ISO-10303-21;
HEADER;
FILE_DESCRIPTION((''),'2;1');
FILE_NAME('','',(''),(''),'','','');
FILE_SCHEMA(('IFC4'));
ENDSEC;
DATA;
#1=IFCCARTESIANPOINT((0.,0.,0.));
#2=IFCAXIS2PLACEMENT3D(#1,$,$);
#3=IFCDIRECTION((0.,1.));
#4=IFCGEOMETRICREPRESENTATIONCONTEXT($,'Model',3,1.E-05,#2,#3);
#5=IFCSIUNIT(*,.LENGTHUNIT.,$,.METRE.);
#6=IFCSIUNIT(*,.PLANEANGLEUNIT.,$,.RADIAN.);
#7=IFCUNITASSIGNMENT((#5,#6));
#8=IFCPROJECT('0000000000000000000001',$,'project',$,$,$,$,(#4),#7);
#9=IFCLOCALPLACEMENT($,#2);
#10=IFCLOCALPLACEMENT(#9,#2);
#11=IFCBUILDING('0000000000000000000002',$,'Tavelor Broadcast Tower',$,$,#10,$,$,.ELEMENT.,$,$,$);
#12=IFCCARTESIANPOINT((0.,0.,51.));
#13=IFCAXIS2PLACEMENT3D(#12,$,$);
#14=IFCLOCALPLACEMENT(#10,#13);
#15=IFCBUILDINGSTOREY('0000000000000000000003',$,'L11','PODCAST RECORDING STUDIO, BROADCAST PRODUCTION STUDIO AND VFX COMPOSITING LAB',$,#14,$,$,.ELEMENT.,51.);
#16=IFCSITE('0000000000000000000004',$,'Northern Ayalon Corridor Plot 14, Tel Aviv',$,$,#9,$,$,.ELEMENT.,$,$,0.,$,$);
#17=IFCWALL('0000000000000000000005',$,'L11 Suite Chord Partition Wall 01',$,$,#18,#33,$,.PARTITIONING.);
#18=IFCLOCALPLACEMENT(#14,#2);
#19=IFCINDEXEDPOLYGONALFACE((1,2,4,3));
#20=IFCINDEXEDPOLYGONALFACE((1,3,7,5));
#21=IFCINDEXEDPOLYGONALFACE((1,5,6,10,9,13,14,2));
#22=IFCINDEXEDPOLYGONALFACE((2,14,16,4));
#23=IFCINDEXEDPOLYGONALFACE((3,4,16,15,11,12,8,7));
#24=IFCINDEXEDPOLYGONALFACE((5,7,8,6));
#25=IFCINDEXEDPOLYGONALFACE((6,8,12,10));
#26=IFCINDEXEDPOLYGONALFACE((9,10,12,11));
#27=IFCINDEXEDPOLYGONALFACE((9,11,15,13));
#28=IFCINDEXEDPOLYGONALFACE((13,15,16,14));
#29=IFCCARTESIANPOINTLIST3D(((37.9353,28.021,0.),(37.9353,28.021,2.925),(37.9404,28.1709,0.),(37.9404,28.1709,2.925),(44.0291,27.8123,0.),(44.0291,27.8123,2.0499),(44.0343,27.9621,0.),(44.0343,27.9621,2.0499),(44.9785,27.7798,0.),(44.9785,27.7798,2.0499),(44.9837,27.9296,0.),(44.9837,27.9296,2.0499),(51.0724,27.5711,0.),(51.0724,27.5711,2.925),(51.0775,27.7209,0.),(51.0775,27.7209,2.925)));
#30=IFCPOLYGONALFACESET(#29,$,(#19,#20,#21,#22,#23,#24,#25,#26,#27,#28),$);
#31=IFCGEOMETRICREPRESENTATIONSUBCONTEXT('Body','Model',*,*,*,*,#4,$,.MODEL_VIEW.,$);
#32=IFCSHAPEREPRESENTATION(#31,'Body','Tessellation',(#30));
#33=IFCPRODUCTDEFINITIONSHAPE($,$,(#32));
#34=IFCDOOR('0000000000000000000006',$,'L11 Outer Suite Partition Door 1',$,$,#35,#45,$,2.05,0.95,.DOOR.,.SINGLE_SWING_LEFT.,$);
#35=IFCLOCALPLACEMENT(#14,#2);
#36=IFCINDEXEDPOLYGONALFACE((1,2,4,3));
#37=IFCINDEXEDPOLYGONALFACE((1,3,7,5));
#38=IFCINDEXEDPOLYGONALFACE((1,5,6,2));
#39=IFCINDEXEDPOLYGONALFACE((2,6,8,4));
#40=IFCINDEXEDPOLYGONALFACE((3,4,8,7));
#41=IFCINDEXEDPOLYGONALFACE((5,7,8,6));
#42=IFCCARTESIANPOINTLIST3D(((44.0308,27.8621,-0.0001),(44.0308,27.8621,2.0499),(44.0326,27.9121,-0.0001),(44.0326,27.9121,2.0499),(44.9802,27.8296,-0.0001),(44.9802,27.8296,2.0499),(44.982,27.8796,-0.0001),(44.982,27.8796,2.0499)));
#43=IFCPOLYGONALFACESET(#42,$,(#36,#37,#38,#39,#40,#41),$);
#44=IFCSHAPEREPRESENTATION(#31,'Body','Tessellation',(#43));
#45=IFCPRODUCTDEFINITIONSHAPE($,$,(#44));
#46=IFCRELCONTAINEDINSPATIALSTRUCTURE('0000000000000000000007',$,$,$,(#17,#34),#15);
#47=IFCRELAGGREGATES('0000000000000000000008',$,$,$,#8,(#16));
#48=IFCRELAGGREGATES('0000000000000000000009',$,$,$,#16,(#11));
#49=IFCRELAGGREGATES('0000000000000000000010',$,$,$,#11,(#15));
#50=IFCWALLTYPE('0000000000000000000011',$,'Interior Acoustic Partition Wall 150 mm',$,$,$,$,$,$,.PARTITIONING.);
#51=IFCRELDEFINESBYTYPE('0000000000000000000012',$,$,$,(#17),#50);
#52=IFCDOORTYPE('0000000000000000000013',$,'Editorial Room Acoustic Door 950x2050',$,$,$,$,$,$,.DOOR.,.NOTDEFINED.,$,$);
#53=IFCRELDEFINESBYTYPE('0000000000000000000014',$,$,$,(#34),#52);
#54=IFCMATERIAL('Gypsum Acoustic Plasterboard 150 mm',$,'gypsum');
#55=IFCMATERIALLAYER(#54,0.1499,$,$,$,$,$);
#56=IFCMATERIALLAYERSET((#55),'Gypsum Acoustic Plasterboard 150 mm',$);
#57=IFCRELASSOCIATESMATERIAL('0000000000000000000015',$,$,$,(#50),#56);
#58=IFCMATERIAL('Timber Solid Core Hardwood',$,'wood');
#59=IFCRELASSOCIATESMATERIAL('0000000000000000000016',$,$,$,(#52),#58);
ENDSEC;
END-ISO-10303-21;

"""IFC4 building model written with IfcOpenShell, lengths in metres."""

from ifc_helpers import new_model, si_unit, direction, frame, frame_2d, origin, place, context, subcontext, project, spatial, rectangle, extrude, material, layer, layer_set, type_object, element, fill, save


model = new_model("IFC4")

# Units and contexts
model_context = context("Model", 3, precision=1e-05, world=origin(), true_north=direction((0.0, 1.0)))
body_context = subcontext(model_context, "Body", "Model", "MODEL_VIEW")
ifc_project = project(units=[si_unit("LENGTHUNIT", "METRE"), si_unit("PLANEANGLEUNIT", "RADIAN")], contexts=[model_context])

# Site, building, storey
site_placement = place(None, origin())
site = spatial("IfcSite", under=ifc_project, at=site_placement, Name="Northern Ayalon Corridor Plot 14, Tel Aviv", CompositionType="ELEMENT", RefElevation=0.0)
building_placement = place(site_placement, origin())
building = spatial("IfcBuilding", under=site, at=building_placement, Name="Tavelor Broadcast Tower", CompositionType="ELEMENT")
storey_placement = place(building_placement, frame((0.0, 0.0, 51.0)))
storey = spatial("IfcBuildingStorey", under=building, at=storey_placement, Name="L11", Description="PODCAST RECORDING STUDIO, BROADCAST PRODUCTION STUDIO AND VFX COMPOSITING LAB", CompositionType="ELEMENT", Elevation=51.0)

# Shared definitions
ifc_material_1 = material(Name="Timber Solid Core Hardwood", Category="wood")

# Shared definitions
ifc_material_2 = material(Name="Gypsum Acoustic Plasterboard 150 mm", Category="gypsum")
ifc_layer_1 = layer(ifc_material_2, 0.1499)
ifc_layer_set_1 = layer_set([ifc_layer_1], Name="Gypsum Acoustic Plasterboard 150 mm")
wall_type_1 = type_object("IfcWallType", Name="Interior Acoustic Partition Wall 150 mm", PredefinedType="PARTITIONING", material=ifc_layer_set_1)

# Wall, opening, door
wall_1_placement = place(storey_placement, frame((37.938, 28.0959, 0.0), z_axis=(0.0, 0.0, 1.0), x_axis=(0.999414, -0.034231, 0.0)))
wall_1 = element("IfcWall", 1, at=wall_1_placement, inside=storey, type_object=wall_type_1, Name="L11 Suite Chord Partition Wall 01", PredefinedType="PARTITIONING", context=body_context, shape_type="SweptSolid", body=[
    extrude(rectangle(XDim=13.1448, YDim=0.1499, at=frame_2d((6.5723, 0.0))), origin(), (0.0, 0.0, 1.0), 2.925),
])
opening_1_placement = place(wall_1_placement, frame((6.0972, 0.0, 0.0)))
opening_1 = element("IfcOpeningElement", 2, at=opening_1_placement, cuts=wall_1, PredefinedType="OPENING", context=body_context, shape_type="SweptSolid", body=[
    extrude(rectangle(XDim=0.95, YDim=2.05, at=frame_2d((0.4751, 1.0249))), frame((0.0, 0.085, 0.0), z_axis=(0.0, -1.0, 0.0), x_axis=(1.0, 0.0, 0.0)), (0.0, 0.0, 1.0), 0.1699),
])
door_type_1 = type_object("IfcDoorType", Name="Editorial Room Acoustic Door 950x2050", OperationType="NOTDEFINED", PredefinedType="DOOR", material=ifc_material_1)
door_1_placement = place(opening_1_placement, origin())
door_1 = element("IfcDoor", 3, at=door_1_placement, inside=storey, type_object=door_type_1, Name="L11 Outer Suite Partition Door 1", OperationType="SINGLE_SWING_LEFT", OverallHeight=2.05, OverallWidth=0.95, PredefinedType="DOOR", context=body_context, shape_type="SweptSolid", body=[
    extrude(rectangle(XDim=0.95, YDim=2.05, at=frame_2d((0.4751, 1.0249))), frame((0.0, 0.0249, 0.0), z_axis=(0.0, -1.0, 0.0), x_axis=(1.0, 0.0, 0.0)), (0.0, 0.0, 1.0), 0.05),
])
fill(opening_1, door_1)

save(model, "model.ifc")
